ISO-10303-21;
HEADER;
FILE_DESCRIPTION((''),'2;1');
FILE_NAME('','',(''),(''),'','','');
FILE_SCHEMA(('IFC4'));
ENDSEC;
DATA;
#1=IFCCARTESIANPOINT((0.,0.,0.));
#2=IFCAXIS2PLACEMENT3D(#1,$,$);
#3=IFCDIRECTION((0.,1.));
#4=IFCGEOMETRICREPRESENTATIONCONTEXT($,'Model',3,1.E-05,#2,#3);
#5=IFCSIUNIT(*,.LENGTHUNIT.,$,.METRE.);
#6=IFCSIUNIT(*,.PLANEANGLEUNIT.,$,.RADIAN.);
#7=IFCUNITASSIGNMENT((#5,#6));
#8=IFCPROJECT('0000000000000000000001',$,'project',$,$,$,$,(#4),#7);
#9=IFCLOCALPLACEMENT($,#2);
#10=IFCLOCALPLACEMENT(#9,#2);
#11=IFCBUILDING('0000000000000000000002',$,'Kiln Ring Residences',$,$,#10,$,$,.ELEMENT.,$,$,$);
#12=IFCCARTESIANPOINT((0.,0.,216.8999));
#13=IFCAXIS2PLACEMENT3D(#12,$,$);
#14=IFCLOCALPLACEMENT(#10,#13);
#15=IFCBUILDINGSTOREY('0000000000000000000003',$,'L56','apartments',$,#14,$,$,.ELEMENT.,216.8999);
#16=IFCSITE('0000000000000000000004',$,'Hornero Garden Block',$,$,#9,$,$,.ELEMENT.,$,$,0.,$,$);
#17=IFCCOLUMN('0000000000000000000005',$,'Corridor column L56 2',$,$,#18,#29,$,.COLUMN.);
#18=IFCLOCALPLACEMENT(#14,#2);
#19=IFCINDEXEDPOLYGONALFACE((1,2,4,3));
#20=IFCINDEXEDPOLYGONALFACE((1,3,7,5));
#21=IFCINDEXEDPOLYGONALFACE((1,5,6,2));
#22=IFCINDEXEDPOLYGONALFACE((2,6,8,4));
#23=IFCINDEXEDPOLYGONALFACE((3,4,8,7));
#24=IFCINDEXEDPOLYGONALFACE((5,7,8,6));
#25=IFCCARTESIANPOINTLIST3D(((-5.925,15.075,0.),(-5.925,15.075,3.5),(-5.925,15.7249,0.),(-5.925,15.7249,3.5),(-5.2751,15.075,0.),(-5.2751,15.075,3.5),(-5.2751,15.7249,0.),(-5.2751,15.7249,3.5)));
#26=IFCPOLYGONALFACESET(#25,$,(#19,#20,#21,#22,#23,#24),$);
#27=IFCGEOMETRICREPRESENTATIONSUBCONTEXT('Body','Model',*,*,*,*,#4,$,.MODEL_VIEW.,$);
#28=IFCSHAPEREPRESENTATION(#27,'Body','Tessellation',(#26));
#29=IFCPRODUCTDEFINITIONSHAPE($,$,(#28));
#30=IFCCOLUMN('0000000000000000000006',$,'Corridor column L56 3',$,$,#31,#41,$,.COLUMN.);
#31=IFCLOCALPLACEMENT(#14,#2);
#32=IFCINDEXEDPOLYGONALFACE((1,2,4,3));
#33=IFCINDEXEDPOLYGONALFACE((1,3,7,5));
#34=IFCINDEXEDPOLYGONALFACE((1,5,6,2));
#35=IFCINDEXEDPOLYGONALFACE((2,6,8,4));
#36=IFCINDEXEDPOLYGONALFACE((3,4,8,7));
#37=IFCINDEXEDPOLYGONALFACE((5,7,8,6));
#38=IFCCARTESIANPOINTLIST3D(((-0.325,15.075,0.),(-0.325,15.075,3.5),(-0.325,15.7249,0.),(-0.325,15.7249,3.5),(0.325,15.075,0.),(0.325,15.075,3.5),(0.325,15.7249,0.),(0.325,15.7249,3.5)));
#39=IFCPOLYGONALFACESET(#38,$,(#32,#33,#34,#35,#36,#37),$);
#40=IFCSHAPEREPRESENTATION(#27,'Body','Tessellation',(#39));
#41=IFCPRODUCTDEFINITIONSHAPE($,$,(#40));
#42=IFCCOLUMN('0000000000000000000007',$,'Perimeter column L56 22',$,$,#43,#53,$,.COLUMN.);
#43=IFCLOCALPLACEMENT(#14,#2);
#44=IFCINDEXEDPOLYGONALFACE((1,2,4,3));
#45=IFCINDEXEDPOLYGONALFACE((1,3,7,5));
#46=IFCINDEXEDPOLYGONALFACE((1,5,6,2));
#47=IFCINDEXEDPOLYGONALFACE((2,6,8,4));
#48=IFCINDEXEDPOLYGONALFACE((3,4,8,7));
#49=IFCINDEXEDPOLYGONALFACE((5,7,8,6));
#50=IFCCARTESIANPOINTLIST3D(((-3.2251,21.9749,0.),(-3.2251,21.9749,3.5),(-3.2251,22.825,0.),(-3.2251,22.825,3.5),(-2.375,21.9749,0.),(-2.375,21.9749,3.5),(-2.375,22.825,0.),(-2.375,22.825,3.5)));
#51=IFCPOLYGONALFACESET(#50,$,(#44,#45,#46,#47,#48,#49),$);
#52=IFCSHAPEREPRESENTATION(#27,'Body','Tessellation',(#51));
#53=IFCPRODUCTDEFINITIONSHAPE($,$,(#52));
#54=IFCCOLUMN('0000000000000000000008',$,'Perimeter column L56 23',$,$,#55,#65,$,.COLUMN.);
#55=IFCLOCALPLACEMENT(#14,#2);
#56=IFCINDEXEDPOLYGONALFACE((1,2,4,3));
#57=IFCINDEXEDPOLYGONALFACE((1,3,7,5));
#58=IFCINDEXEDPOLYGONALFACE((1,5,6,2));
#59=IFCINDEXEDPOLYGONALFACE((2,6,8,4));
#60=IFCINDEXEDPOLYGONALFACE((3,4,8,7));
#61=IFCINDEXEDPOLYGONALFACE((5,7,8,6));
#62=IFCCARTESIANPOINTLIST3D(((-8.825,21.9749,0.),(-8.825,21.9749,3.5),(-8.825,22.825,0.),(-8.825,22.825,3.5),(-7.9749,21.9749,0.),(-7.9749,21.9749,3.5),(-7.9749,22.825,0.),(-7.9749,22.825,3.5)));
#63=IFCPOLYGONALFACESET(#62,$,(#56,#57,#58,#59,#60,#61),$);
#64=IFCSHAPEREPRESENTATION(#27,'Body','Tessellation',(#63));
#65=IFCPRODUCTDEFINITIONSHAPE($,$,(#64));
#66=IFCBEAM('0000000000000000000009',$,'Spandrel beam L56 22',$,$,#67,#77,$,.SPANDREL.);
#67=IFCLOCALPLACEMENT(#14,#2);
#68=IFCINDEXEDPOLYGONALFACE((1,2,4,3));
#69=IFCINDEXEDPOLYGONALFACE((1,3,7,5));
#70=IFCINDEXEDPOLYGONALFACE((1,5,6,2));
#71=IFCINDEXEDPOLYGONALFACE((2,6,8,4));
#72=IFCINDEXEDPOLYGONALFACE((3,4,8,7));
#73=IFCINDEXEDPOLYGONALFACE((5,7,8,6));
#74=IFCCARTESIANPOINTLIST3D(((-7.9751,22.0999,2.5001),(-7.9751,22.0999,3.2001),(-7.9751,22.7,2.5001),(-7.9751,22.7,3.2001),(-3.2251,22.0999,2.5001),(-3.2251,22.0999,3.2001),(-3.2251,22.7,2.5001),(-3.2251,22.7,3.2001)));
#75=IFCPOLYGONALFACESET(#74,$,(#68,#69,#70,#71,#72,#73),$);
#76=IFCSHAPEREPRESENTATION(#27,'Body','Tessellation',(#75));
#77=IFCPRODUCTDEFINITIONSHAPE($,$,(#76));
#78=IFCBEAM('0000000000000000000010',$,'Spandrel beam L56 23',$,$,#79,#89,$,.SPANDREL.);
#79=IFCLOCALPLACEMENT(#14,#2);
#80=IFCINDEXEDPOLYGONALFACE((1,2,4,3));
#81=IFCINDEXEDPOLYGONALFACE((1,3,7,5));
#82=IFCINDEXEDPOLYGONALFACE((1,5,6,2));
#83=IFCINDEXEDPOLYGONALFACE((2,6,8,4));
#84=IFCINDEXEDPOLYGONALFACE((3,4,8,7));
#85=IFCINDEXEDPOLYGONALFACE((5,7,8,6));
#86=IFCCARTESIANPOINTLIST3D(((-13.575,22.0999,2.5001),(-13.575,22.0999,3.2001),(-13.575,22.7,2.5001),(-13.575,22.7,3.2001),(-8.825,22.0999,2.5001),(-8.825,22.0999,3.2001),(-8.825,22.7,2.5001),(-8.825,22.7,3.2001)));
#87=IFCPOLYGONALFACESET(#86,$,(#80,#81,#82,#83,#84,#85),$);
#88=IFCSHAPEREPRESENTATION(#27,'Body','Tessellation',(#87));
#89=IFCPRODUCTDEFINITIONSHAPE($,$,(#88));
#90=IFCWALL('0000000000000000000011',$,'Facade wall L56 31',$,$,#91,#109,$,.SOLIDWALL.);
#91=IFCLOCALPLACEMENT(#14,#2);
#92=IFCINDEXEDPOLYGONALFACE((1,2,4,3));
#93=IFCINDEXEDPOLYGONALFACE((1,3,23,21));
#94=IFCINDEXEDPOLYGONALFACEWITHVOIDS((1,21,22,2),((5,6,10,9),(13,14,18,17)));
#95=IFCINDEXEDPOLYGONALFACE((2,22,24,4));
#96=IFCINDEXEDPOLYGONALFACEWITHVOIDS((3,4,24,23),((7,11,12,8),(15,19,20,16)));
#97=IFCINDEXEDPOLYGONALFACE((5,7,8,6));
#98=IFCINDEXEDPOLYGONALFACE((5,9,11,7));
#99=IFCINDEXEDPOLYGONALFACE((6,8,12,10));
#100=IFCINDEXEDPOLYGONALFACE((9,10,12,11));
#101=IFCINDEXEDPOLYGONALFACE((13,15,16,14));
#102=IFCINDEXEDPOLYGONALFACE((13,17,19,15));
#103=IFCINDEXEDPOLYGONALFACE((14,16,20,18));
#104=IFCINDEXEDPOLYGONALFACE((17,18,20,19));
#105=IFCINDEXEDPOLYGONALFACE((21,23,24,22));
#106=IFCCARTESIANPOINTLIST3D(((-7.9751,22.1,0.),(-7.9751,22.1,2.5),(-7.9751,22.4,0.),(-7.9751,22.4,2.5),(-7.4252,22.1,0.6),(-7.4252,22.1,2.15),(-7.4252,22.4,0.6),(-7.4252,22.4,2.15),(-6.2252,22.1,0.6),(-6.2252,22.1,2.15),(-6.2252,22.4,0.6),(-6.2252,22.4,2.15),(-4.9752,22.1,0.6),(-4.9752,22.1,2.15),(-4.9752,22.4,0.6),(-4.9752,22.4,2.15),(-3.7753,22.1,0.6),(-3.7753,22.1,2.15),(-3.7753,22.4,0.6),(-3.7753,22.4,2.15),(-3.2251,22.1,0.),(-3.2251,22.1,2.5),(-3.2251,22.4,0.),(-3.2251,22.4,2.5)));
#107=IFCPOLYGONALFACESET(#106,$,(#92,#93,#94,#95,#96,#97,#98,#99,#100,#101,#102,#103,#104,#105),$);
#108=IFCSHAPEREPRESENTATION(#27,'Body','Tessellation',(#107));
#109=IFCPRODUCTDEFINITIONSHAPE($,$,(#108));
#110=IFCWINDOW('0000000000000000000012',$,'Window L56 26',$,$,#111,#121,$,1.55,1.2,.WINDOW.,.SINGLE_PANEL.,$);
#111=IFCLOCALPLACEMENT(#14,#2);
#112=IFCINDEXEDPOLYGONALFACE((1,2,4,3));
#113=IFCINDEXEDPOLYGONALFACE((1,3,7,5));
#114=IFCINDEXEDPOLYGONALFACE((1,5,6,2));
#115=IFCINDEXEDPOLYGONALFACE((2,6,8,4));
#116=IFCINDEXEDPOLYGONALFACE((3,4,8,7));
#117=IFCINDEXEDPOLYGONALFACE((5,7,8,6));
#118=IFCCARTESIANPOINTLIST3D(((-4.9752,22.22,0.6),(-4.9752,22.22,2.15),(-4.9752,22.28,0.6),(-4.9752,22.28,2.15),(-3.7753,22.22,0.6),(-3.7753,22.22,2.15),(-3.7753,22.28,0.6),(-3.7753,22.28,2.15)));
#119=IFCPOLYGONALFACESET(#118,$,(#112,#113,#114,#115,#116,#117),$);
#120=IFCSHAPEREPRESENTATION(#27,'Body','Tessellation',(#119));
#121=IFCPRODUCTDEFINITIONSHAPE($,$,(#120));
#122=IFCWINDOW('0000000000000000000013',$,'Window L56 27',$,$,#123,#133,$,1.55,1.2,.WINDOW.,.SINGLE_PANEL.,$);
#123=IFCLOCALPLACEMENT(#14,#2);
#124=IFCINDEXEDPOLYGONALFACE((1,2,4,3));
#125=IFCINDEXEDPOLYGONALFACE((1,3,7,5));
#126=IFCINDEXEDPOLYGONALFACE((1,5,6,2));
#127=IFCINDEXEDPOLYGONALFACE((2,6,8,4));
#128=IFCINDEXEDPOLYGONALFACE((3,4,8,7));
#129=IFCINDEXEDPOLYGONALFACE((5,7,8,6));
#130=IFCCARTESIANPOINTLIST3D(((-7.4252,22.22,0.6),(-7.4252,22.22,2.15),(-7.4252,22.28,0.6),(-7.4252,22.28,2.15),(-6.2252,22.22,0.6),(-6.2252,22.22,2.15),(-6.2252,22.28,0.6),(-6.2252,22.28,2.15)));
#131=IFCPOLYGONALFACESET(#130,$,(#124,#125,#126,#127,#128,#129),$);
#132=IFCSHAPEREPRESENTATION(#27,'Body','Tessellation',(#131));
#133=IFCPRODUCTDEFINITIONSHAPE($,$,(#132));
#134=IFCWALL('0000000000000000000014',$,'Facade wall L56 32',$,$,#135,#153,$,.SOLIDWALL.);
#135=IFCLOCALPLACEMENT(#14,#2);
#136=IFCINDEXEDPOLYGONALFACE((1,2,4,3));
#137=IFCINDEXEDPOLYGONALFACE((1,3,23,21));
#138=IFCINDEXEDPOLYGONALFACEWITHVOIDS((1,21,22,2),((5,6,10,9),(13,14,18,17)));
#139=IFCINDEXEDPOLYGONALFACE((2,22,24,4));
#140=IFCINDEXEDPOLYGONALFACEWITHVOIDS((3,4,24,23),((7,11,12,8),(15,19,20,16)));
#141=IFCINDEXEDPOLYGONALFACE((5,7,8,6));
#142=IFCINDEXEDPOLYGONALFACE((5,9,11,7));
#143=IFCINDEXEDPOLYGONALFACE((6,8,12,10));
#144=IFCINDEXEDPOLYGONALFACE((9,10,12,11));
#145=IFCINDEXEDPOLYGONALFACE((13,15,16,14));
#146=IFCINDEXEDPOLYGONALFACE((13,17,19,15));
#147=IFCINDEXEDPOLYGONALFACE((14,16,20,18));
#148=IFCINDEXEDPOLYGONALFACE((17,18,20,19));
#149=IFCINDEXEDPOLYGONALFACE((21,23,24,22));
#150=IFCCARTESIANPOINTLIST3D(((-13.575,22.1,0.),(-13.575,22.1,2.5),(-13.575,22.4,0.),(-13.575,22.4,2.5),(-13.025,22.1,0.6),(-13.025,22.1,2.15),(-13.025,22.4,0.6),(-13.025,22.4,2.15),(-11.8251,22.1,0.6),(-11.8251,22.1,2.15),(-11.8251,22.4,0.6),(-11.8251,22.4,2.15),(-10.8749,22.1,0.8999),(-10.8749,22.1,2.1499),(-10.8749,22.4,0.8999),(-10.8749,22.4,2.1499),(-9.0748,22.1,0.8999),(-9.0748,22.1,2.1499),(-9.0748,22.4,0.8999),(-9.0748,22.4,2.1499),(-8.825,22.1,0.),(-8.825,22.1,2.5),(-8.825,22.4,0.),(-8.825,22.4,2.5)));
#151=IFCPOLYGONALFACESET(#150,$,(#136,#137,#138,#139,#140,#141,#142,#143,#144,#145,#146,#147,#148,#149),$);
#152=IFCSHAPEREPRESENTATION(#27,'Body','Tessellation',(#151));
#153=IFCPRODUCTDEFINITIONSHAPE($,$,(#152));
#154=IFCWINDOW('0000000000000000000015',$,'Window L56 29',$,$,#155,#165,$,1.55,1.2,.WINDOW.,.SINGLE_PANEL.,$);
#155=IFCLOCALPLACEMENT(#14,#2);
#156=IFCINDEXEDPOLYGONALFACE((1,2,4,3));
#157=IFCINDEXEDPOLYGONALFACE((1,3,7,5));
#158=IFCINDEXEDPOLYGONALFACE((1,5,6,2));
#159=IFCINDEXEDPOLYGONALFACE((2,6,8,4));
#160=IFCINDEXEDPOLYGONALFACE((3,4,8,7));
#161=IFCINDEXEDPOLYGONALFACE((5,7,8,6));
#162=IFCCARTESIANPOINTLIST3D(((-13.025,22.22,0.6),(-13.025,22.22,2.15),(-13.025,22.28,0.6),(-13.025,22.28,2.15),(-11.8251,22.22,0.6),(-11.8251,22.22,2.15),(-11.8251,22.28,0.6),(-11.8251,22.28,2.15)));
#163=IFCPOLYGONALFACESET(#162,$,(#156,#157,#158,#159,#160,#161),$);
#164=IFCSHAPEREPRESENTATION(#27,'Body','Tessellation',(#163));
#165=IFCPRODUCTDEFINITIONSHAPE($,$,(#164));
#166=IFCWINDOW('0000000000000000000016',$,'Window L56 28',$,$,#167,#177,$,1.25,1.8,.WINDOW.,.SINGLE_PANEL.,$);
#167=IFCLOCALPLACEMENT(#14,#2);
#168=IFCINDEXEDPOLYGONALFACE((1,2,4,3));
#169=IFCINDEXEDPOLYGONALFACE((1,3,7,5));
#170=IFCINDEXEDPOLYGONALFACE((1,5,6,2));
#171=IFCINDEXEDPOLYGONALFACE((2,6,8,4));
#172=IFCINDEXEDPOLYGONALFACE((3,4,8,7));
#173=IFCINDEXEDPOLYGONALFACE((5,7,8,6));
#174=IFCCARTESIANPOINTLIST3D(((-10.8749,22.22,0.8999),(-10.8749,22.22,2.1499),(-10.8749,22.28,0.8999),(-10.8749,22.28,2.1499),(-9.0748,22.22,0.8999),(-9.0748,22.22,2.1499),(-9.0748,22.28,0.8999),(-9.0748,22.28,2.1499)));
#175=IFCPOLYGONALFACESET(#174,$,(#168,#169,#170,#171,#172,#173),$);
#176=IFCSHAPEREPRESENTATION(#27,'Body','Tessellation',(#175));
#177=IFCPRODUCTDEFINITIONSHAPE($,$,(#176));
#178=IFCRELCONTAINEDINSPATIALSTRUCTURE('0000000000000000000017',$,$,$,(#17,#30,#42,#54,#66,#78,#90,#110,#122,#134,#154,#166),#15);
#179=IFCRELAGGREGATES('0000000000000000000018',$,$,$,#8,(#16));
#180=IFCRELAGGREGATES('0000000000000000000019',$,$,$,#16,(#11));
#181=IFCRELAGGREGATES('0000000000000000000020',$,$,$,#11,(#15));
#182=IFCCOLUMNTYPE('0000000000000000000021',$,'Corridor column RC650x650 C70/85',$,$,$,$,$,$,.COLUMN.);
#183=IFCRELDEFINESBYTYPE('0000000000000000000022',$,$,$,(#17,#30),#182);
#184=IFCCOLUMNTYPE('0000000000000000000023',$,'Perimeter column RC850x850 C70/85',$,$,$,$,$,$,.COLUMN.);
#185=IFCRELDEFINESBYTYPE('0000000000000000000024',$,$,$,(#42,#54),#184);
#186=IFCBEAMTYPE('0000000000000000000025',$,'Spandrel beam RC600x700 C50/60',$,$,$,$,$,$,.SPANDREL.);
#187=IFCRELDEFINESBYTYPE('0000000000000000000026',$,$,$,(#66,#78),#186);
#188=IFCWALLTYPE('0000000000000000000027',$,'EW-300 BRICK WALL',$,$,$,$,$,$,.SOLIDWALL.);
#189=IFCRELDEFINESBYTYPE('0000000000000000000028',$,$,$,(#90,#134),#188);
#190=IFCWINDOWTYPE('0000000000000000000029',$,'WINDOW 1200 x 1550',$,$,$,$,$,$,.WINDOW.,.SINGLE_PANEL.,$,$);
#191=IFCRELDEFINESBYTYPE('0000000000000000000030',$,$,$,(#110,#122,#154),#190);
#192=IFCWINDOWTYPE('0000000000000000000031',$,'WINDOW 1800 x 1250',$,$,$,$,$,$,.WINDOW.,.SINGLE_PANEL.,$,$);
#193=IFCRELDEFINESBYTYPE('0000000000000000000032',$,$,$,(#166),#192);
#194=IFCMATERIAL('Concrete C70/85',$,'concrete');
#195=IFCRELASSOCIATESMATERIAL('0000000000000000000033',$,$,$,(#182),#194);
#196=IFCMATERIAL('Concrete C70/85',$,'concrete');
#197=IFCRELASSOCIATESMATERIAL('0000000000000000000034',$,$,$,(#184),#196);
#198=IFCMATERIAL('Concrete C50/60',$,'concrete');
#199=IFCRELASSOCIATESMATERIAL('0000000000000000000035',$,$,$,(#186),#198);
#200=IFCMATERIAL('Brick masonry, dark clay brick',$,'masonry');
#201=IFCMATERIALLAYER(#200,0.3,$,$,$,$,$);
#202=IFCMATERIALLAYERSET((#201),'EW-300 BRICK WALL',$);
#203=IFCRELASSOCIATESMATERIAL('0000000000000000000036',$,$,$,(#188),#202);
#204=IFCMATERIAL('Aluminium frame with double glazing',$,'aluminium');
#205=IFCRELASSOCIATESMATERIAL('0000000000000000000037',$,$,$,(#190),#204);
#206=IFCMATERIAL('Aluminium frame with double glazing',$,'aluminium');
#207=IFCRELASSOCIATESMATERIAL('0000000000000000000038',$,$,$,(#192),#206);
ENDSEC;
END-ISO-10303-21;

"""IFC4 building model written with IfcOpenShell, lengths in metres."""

from ifc_helpers import new_model, si_unit, direction, frame, frame_2d, origin, origin_2d, place, context, subcontext, project, spatial, rectangle, extrude, material, layer, layer_set, material_profile, profile_set, type_object, element, fill, save


model = new_model("IFC4")

# Units and contexts
model_context = context("Model", 3, precision=1e-05, world=origin(), true_north=direction((0.0, 1.0)))
body_context = subcontext(model_context, "Body", "Model", "MODEL_VIEW")
ifc_project = project(units=[si_unit("LENGTHUNIT", "METRE"), si_unit("PLANEANGLEUNIT", "RADIAN")], contexts=[model_context])

# Site, building, storey
site_placement = place(None, origin())
site = spatial("IfcSite", under=ifc_project, at=site_placement, Name="Hornero Garden Block", CompositionType="ELEMENT", RefElevation=0.0)
building_placement = place(site_placement, origin())
building = spatial("IfcBuilding", under=site, at=building_placement, Name="Kiln Ring Residences", CompositionType="ELEMENT")
storey_placement = place(building_placement, frame((0.0, 0.0, 216.8999)))
storey = spatial("IfcBuildingStorey", under=building, at=storey_placement, Name="L56", Description="apartments", CompositionType="ELEMENT", Elevation=216.8999)

# Columns
ifc_material_1 = material(Name="Concrete C70/85", Category="concrete")
ifc_material_profile_1 = material_profile(ifc_material_1, rectangle(XDim=0.6499, YDim=0.6499, at=origin_2d()), Name="RC650x650")
ifc_profile_set_1 = profile_set([ifc_material_profile_1], Name="Concrete C70/85")
column_type_1 = type_object("IfcColumnType", Name="Corridor column RC650x650 C70/85", PredefinedType="COLUMN", material=ifc_profile_set_1)
for number, where, z_axis, x_axis, name in (
    (1, (-5.6001, 15.3999, 0.0), (0.0, 0.0, 1.0), (1.0, 0.0, 0.0), "Corridor column L56 2"),
    (2, (0.0, 15.3999, 0.0), (0.0, 0.0, 1.0), (1.0, 0.0, 0.0), "Corridor column L56 3"),
):
    element("IfcColumn", number, at=place(storey_placement, frame(where, z_axis=z_axis, x_axis=x_axis)), inside=storey, type_object=column_type_1, Name=name, PredefinedType="COLUMN", context=body_context, shape_type="SweptSolid", body=[
        extrude(rectangle(XDim=0.6499, YDim=0.6499, at=origin_2d()), origin(), (0.0, 0.0, 1.0), 3.5),
    ])
ifc_material_2 = material(Name="Concrete C70/85", Category="concrete")
ifc_material_profile_2 = material_profile(ifc_material_2, rectangle(XDim=0.8501, YDim=0.8501, at=origin_2d()), Name="RC850x850")
ifc_profile_set_2 = profile_set([ifc_material_profile_2], Name="Concrete C70/85")
column_type_2 = type_object("IfcColumnType", Name="Perimeter column RC850x850 C70/85", PredefinedType="COLUMN", material=ifc_profile_set_2)
for number, where, z_axis, x_axis, name in (
    (3, (-2.8, 22.3999, 0.0), (0.0, 0.0, 1.0), (1.0, 0.0, 0.0), "Perimeter column L56 22"),
    (4, (-8.3999, 22.3999, 0.0), (0.0, 0.0, 1.0), (1.0, 0.0, 0.0), "Perimeter column L56 23"),
):
    element("IfcColumn", number, at=place(storey_placement, frame(where, z_axis=z_axis, x_axis=x_axis)), inside=storey, type_object=column_type_2, Name=name, PredefinedType="COLUMN", context=body_context, shape_type="SweptSolid", body=[
        extrude(rectangle(XDim=0.8501, YDim=0.8501, at=origin_2d()), origin(), (0.0, 0.0, 1.0), 3.5),
    ])

# Beams
ifc_material_3 = material(Name="Concrete C50/60", Category="concrete")
ifc_material_profile_3 = material_profile(ifc_material_3, rectangle(XDim=0.6001, YDim=0.7, at=origin_2d()), Name="RC600x700")
ifc_profile_set_3 = profile_set([ifc_material_profile_3], Name="Concrete C50/60")
beam_type = type_object("IfcBeamType", Name="Spandrel beam RC600x700 C50/60", PredefinedType="SPANDREL", material=ifc_profile_set_3)
for number, where, z_axis, x_axis, name in (
    (5, (-3.2251, 22.3999, 2.8501), (-1.0, 0.0, 0.0), (0.0, -1.0, 0.0), "Spandrel beam L56 22"),
    (6, (-8.825, 22.3999, 2.8501), (-1.0, 0.0, 0.0), (0.0, -1.0, 0.0), "Spandrel beam L56 23"),
):
    element("IfcBeam", number, at=place(storey_placement, frame(where, z_axis=z_axis, x_axis=x_axis)), inside=storey, type_object=beam_type, Name=name, PredefinedType="SPANDREL", context=body_context, shape_type="SweptSolid", body=[
        extrude(rectangle(XDim=0.6001, YDim=0.7, at=origin_2d()), origin(), (0.0, 0.0, 1.0), 4.75),
    ])

# Walls, openings, windows
ifc_material_4 = material(Name="Brick masonry, dark clay brick", Category="masonry")
ifc_layer_1 = layer(ifc_material_4, 0.3)
ifc_layer_set_1 = layer_set([ifc_layer_1], Name="EW-300 BRICK WALL")
wall_type_1 = type_object("IfcWallType", Name="EW-300 BRICK WALL", PredefinedType="SOLIDWALL", material=ifc_layer_set_1)
wall_1_placement = place(storey_placement, frame((-3.2251, 22.25, 0.0), z_axis=(0.0, 0.0, 1.0), x_axis=(-1.0, 0.0, 0.0)))
wall_1 = element("IfcWall", 7, at=wall_1_placement, inside=storey, type_object=wall_type_1, Name="Facade wall L56 31", PredefinedType="SOLIDWALL", context=body_context, shape_type="SweptSolid", body=[
    extrude(rectangle(XDim=4.75, YDim=0.3, at=frame_2d((2.375, 0.0))), origin(), (0.0, 0.0, 1.0), 2.5),
])
opening_1_placement = place(wall_1_placement, frame((0.55, 0.0, 0.6001)))
opening_1 = element("IfcOpeningElement", 8, at=opening_1_placement, cuts=wall_1, PredefinedType="OPENING", context=body_context, shape_type="SweptSolid", body=[
    extrude(rectangle(XDim=1.2, YDim=1.55, at=frame_2d((0.6001, 0.7749))), frame((0.0, 0.1599, 0.0), z_axis=(0.0, -1.0, 0.0), x_axis=(1.0, 0.0, 0.0)), (0.0, 0.0, 1.0), 0.3201),
])
opening_2_placement = place(wall_1_placement, frame((3.0, 0.0, 0.6001)))
opening_2 = element("IfcOpeningElement", 9, at=opening_2_placement, cuts=wall_1, PredefinedType="OPENING", context=body_context, shape_type="SweptSolid", body=[
    extrude(rectangle(XDim=1.2, YDim=1.55, at=frame_2d((0.6001, 0.7749))), frame((0.0, 0.1599, 0.0), z_axis=(0.0, -1.0, 0.0), x_axis=(1.0, 0.0, 0.0)), (0.0, 0.0, 1.0), 0.3201),
])
ifc_material_5 = material(Name="Aluminium frame with double glazing", Category="aluminium")
window_type_1 = type_object("IfcWindowType", Name="WINDOW 1200 x 1550", PartitioningType="SINGLE_PANEL", PredefinedType="WINDOW", material=ifc_material_5)
window_1_placement = place(opening_1_placement, origin())
window_1 = element("IfcWindow", 10, at=window_1_placement, inside=storey, type_object=window_type_1, Name="Window L56 26", OverallHeight=1.55, OverallWidth=1.2, PartitioningType="SINGLE_PANEL", PredefinedType="WINDOW", context=body_context, shape_type="SweptSolid", body=[
    extrude(rectangle(XDim=1.2, YDim=1.55, at=frame_2d((0.6001, 0.7749))), frame((0.0, 0.03, 0.0), z_axis=(0.0, -1.0, 0.0), x_axis=(1.0, 0.0, 0.0)), (0.0, 0.0, 1.0), 0.0601),
])
fill(opening_1, window_1)
window_2_placement = place(opening_2_placement, origin())
window_2 = element("IfcWindow", 11, at=window_2_placement, inside=storey, type_object=window_type_1, Name="Window L56 27", OverallHeight=1.55, OverallWidth=1.2, PartitioningType="SINGLE_PANEL", PredefinedType="WINDOW", context=body_context, shape_type="SweptSolid", body=[
    extrude(rectangle(XDim=1.2, YDim=1.55, at=frame_2d((0.6001, 0.7749))), frame((0.0, 0.03, 0.0), z_axis=(0.0, -1.0, 0.0), x_axis=(1.0, 0.0, 0.0)), (0.0, 0.0, 1.0), 0.0601),
])
fill(opening_2, window_2)
wall_2_placement = place(storey_placement, frame((-8.825, 22.25, 0.0), z_axis=(0.0, 0.0, 1.0), x_axis=(-1.0, 0.0, 0.0)))
wall_2 = element("IfcWall", 12, at=wall_2_placement, inside=storey, type_object=wall_type_1, Name="Facade wall L56 32", PredefinedType="SOLIDWALL", context=body_context, shape_type="SweptSolid", body=[
    extrude(rectangle(XDim=4.75, YDim=0.3, at=frame_2d((2.375, 0.0))), origin(), (0.0, 0.0, 1.0), 2.5),
])
opening_3_placement = place(wall_2_placement, frame((0.25, 0.0, 0.8999)))
opening_3 = element("IfcOpeningElement", 13, at=opening_3_placement, cuts=wall_2, PredefinedType="OPENING", context=body_context, shape_type="SweptSolid", body=[
    extrude(rectangle(XDim=1.8, YDim=1.25, at=frame_2d((0.8999, 0.625))), frame((0.0, 0.1599, 0.0), z_axis=(0.0, -1.0, 0.0), x_axis=(1.0, 0.0, 0.0)), (0.0, 0.0, 1.0), 0.3201),
])
opening_4_placement = place(wall_2_placement, frame((3.0, 0.0, 0.6001)))
opening_4 = element("IfcOpeningElement", 14, at=opening_4_placement, cuts=wall_2, PredefinedType="OPENING", context=body_context, shape_type="SweptSolid", body=[
    extrude(rectangle(XDim=1.2, YDim=1.55, at=frame_2d((0.6001, 0.7749))), frame((0.0, 0.1599, 0.0), z_axis=(0.0, -1.0, 0.0), x_axis=(1.0, 0.0, 0.0)), (0.0, 0.0, 1.0), 0.3201),
])
window_3_placement = place(opening_4_placement, origin())
window_3 = element("IfcWindow", 15, at=window_3_placement, inside=storey, type_object=window_type_1, Name="Window L56 29", OverallHeight=1.55, OverallWidth=1.2, PartitioningType="SINGLE_PANEL", PredefinedType="WINDOW", context=body_context, shape_type="SweptSolid", body=[
    extrude(rectangle(XDim=1.2, YDim=1.55, at=frame_2d((0.6001, 0.7749))), frame((0.0, 0.03, 0.0), z_axis=(0.0, -1.0, 0.0), x_axis=(1.0, 0.0, 0.0)), (0.0, 0.0, 1.0), 0.0601),
])
fill(opening_4, window_3)
ifc_material_6 = material(Name="Aluminium frame with double glazing", Category="aluminium")
window_type_2 = type_object("IfcWindowType", Name="WINDOW 1800 x 1250", PartitioningType="SINGLE_PANEL", PredefinedType="WINDOW", material=ifc_material_6)
window_4_placement = place(opening_3_placement, origin())
window_4 = element("IfcWindow", 16, at=window_4_placement, inside=storey, type_object=window_type_2, Name="Window L56 28", OverallHeight=1.25, OverallWidth=1.8, PartitioningType="SINGLE_PANEL", PredefinedType="WINDOW", context=body_context, shape_type="SweptSolid", body=[
    extrude(rectangle(XDim=1.8, YDim=1.25, at=frame_2d((0.8999, 0.625))), frame((0.0, 0.03, 0.0), z_axis=(0.0, -1.0, 0.0), x_axis=(1.0, 0.0, 0.0)), (0.0, 0.0, 1.0), 0.0601),
])
fill(opening_3, window_4)

save(model, "model.ifc")
